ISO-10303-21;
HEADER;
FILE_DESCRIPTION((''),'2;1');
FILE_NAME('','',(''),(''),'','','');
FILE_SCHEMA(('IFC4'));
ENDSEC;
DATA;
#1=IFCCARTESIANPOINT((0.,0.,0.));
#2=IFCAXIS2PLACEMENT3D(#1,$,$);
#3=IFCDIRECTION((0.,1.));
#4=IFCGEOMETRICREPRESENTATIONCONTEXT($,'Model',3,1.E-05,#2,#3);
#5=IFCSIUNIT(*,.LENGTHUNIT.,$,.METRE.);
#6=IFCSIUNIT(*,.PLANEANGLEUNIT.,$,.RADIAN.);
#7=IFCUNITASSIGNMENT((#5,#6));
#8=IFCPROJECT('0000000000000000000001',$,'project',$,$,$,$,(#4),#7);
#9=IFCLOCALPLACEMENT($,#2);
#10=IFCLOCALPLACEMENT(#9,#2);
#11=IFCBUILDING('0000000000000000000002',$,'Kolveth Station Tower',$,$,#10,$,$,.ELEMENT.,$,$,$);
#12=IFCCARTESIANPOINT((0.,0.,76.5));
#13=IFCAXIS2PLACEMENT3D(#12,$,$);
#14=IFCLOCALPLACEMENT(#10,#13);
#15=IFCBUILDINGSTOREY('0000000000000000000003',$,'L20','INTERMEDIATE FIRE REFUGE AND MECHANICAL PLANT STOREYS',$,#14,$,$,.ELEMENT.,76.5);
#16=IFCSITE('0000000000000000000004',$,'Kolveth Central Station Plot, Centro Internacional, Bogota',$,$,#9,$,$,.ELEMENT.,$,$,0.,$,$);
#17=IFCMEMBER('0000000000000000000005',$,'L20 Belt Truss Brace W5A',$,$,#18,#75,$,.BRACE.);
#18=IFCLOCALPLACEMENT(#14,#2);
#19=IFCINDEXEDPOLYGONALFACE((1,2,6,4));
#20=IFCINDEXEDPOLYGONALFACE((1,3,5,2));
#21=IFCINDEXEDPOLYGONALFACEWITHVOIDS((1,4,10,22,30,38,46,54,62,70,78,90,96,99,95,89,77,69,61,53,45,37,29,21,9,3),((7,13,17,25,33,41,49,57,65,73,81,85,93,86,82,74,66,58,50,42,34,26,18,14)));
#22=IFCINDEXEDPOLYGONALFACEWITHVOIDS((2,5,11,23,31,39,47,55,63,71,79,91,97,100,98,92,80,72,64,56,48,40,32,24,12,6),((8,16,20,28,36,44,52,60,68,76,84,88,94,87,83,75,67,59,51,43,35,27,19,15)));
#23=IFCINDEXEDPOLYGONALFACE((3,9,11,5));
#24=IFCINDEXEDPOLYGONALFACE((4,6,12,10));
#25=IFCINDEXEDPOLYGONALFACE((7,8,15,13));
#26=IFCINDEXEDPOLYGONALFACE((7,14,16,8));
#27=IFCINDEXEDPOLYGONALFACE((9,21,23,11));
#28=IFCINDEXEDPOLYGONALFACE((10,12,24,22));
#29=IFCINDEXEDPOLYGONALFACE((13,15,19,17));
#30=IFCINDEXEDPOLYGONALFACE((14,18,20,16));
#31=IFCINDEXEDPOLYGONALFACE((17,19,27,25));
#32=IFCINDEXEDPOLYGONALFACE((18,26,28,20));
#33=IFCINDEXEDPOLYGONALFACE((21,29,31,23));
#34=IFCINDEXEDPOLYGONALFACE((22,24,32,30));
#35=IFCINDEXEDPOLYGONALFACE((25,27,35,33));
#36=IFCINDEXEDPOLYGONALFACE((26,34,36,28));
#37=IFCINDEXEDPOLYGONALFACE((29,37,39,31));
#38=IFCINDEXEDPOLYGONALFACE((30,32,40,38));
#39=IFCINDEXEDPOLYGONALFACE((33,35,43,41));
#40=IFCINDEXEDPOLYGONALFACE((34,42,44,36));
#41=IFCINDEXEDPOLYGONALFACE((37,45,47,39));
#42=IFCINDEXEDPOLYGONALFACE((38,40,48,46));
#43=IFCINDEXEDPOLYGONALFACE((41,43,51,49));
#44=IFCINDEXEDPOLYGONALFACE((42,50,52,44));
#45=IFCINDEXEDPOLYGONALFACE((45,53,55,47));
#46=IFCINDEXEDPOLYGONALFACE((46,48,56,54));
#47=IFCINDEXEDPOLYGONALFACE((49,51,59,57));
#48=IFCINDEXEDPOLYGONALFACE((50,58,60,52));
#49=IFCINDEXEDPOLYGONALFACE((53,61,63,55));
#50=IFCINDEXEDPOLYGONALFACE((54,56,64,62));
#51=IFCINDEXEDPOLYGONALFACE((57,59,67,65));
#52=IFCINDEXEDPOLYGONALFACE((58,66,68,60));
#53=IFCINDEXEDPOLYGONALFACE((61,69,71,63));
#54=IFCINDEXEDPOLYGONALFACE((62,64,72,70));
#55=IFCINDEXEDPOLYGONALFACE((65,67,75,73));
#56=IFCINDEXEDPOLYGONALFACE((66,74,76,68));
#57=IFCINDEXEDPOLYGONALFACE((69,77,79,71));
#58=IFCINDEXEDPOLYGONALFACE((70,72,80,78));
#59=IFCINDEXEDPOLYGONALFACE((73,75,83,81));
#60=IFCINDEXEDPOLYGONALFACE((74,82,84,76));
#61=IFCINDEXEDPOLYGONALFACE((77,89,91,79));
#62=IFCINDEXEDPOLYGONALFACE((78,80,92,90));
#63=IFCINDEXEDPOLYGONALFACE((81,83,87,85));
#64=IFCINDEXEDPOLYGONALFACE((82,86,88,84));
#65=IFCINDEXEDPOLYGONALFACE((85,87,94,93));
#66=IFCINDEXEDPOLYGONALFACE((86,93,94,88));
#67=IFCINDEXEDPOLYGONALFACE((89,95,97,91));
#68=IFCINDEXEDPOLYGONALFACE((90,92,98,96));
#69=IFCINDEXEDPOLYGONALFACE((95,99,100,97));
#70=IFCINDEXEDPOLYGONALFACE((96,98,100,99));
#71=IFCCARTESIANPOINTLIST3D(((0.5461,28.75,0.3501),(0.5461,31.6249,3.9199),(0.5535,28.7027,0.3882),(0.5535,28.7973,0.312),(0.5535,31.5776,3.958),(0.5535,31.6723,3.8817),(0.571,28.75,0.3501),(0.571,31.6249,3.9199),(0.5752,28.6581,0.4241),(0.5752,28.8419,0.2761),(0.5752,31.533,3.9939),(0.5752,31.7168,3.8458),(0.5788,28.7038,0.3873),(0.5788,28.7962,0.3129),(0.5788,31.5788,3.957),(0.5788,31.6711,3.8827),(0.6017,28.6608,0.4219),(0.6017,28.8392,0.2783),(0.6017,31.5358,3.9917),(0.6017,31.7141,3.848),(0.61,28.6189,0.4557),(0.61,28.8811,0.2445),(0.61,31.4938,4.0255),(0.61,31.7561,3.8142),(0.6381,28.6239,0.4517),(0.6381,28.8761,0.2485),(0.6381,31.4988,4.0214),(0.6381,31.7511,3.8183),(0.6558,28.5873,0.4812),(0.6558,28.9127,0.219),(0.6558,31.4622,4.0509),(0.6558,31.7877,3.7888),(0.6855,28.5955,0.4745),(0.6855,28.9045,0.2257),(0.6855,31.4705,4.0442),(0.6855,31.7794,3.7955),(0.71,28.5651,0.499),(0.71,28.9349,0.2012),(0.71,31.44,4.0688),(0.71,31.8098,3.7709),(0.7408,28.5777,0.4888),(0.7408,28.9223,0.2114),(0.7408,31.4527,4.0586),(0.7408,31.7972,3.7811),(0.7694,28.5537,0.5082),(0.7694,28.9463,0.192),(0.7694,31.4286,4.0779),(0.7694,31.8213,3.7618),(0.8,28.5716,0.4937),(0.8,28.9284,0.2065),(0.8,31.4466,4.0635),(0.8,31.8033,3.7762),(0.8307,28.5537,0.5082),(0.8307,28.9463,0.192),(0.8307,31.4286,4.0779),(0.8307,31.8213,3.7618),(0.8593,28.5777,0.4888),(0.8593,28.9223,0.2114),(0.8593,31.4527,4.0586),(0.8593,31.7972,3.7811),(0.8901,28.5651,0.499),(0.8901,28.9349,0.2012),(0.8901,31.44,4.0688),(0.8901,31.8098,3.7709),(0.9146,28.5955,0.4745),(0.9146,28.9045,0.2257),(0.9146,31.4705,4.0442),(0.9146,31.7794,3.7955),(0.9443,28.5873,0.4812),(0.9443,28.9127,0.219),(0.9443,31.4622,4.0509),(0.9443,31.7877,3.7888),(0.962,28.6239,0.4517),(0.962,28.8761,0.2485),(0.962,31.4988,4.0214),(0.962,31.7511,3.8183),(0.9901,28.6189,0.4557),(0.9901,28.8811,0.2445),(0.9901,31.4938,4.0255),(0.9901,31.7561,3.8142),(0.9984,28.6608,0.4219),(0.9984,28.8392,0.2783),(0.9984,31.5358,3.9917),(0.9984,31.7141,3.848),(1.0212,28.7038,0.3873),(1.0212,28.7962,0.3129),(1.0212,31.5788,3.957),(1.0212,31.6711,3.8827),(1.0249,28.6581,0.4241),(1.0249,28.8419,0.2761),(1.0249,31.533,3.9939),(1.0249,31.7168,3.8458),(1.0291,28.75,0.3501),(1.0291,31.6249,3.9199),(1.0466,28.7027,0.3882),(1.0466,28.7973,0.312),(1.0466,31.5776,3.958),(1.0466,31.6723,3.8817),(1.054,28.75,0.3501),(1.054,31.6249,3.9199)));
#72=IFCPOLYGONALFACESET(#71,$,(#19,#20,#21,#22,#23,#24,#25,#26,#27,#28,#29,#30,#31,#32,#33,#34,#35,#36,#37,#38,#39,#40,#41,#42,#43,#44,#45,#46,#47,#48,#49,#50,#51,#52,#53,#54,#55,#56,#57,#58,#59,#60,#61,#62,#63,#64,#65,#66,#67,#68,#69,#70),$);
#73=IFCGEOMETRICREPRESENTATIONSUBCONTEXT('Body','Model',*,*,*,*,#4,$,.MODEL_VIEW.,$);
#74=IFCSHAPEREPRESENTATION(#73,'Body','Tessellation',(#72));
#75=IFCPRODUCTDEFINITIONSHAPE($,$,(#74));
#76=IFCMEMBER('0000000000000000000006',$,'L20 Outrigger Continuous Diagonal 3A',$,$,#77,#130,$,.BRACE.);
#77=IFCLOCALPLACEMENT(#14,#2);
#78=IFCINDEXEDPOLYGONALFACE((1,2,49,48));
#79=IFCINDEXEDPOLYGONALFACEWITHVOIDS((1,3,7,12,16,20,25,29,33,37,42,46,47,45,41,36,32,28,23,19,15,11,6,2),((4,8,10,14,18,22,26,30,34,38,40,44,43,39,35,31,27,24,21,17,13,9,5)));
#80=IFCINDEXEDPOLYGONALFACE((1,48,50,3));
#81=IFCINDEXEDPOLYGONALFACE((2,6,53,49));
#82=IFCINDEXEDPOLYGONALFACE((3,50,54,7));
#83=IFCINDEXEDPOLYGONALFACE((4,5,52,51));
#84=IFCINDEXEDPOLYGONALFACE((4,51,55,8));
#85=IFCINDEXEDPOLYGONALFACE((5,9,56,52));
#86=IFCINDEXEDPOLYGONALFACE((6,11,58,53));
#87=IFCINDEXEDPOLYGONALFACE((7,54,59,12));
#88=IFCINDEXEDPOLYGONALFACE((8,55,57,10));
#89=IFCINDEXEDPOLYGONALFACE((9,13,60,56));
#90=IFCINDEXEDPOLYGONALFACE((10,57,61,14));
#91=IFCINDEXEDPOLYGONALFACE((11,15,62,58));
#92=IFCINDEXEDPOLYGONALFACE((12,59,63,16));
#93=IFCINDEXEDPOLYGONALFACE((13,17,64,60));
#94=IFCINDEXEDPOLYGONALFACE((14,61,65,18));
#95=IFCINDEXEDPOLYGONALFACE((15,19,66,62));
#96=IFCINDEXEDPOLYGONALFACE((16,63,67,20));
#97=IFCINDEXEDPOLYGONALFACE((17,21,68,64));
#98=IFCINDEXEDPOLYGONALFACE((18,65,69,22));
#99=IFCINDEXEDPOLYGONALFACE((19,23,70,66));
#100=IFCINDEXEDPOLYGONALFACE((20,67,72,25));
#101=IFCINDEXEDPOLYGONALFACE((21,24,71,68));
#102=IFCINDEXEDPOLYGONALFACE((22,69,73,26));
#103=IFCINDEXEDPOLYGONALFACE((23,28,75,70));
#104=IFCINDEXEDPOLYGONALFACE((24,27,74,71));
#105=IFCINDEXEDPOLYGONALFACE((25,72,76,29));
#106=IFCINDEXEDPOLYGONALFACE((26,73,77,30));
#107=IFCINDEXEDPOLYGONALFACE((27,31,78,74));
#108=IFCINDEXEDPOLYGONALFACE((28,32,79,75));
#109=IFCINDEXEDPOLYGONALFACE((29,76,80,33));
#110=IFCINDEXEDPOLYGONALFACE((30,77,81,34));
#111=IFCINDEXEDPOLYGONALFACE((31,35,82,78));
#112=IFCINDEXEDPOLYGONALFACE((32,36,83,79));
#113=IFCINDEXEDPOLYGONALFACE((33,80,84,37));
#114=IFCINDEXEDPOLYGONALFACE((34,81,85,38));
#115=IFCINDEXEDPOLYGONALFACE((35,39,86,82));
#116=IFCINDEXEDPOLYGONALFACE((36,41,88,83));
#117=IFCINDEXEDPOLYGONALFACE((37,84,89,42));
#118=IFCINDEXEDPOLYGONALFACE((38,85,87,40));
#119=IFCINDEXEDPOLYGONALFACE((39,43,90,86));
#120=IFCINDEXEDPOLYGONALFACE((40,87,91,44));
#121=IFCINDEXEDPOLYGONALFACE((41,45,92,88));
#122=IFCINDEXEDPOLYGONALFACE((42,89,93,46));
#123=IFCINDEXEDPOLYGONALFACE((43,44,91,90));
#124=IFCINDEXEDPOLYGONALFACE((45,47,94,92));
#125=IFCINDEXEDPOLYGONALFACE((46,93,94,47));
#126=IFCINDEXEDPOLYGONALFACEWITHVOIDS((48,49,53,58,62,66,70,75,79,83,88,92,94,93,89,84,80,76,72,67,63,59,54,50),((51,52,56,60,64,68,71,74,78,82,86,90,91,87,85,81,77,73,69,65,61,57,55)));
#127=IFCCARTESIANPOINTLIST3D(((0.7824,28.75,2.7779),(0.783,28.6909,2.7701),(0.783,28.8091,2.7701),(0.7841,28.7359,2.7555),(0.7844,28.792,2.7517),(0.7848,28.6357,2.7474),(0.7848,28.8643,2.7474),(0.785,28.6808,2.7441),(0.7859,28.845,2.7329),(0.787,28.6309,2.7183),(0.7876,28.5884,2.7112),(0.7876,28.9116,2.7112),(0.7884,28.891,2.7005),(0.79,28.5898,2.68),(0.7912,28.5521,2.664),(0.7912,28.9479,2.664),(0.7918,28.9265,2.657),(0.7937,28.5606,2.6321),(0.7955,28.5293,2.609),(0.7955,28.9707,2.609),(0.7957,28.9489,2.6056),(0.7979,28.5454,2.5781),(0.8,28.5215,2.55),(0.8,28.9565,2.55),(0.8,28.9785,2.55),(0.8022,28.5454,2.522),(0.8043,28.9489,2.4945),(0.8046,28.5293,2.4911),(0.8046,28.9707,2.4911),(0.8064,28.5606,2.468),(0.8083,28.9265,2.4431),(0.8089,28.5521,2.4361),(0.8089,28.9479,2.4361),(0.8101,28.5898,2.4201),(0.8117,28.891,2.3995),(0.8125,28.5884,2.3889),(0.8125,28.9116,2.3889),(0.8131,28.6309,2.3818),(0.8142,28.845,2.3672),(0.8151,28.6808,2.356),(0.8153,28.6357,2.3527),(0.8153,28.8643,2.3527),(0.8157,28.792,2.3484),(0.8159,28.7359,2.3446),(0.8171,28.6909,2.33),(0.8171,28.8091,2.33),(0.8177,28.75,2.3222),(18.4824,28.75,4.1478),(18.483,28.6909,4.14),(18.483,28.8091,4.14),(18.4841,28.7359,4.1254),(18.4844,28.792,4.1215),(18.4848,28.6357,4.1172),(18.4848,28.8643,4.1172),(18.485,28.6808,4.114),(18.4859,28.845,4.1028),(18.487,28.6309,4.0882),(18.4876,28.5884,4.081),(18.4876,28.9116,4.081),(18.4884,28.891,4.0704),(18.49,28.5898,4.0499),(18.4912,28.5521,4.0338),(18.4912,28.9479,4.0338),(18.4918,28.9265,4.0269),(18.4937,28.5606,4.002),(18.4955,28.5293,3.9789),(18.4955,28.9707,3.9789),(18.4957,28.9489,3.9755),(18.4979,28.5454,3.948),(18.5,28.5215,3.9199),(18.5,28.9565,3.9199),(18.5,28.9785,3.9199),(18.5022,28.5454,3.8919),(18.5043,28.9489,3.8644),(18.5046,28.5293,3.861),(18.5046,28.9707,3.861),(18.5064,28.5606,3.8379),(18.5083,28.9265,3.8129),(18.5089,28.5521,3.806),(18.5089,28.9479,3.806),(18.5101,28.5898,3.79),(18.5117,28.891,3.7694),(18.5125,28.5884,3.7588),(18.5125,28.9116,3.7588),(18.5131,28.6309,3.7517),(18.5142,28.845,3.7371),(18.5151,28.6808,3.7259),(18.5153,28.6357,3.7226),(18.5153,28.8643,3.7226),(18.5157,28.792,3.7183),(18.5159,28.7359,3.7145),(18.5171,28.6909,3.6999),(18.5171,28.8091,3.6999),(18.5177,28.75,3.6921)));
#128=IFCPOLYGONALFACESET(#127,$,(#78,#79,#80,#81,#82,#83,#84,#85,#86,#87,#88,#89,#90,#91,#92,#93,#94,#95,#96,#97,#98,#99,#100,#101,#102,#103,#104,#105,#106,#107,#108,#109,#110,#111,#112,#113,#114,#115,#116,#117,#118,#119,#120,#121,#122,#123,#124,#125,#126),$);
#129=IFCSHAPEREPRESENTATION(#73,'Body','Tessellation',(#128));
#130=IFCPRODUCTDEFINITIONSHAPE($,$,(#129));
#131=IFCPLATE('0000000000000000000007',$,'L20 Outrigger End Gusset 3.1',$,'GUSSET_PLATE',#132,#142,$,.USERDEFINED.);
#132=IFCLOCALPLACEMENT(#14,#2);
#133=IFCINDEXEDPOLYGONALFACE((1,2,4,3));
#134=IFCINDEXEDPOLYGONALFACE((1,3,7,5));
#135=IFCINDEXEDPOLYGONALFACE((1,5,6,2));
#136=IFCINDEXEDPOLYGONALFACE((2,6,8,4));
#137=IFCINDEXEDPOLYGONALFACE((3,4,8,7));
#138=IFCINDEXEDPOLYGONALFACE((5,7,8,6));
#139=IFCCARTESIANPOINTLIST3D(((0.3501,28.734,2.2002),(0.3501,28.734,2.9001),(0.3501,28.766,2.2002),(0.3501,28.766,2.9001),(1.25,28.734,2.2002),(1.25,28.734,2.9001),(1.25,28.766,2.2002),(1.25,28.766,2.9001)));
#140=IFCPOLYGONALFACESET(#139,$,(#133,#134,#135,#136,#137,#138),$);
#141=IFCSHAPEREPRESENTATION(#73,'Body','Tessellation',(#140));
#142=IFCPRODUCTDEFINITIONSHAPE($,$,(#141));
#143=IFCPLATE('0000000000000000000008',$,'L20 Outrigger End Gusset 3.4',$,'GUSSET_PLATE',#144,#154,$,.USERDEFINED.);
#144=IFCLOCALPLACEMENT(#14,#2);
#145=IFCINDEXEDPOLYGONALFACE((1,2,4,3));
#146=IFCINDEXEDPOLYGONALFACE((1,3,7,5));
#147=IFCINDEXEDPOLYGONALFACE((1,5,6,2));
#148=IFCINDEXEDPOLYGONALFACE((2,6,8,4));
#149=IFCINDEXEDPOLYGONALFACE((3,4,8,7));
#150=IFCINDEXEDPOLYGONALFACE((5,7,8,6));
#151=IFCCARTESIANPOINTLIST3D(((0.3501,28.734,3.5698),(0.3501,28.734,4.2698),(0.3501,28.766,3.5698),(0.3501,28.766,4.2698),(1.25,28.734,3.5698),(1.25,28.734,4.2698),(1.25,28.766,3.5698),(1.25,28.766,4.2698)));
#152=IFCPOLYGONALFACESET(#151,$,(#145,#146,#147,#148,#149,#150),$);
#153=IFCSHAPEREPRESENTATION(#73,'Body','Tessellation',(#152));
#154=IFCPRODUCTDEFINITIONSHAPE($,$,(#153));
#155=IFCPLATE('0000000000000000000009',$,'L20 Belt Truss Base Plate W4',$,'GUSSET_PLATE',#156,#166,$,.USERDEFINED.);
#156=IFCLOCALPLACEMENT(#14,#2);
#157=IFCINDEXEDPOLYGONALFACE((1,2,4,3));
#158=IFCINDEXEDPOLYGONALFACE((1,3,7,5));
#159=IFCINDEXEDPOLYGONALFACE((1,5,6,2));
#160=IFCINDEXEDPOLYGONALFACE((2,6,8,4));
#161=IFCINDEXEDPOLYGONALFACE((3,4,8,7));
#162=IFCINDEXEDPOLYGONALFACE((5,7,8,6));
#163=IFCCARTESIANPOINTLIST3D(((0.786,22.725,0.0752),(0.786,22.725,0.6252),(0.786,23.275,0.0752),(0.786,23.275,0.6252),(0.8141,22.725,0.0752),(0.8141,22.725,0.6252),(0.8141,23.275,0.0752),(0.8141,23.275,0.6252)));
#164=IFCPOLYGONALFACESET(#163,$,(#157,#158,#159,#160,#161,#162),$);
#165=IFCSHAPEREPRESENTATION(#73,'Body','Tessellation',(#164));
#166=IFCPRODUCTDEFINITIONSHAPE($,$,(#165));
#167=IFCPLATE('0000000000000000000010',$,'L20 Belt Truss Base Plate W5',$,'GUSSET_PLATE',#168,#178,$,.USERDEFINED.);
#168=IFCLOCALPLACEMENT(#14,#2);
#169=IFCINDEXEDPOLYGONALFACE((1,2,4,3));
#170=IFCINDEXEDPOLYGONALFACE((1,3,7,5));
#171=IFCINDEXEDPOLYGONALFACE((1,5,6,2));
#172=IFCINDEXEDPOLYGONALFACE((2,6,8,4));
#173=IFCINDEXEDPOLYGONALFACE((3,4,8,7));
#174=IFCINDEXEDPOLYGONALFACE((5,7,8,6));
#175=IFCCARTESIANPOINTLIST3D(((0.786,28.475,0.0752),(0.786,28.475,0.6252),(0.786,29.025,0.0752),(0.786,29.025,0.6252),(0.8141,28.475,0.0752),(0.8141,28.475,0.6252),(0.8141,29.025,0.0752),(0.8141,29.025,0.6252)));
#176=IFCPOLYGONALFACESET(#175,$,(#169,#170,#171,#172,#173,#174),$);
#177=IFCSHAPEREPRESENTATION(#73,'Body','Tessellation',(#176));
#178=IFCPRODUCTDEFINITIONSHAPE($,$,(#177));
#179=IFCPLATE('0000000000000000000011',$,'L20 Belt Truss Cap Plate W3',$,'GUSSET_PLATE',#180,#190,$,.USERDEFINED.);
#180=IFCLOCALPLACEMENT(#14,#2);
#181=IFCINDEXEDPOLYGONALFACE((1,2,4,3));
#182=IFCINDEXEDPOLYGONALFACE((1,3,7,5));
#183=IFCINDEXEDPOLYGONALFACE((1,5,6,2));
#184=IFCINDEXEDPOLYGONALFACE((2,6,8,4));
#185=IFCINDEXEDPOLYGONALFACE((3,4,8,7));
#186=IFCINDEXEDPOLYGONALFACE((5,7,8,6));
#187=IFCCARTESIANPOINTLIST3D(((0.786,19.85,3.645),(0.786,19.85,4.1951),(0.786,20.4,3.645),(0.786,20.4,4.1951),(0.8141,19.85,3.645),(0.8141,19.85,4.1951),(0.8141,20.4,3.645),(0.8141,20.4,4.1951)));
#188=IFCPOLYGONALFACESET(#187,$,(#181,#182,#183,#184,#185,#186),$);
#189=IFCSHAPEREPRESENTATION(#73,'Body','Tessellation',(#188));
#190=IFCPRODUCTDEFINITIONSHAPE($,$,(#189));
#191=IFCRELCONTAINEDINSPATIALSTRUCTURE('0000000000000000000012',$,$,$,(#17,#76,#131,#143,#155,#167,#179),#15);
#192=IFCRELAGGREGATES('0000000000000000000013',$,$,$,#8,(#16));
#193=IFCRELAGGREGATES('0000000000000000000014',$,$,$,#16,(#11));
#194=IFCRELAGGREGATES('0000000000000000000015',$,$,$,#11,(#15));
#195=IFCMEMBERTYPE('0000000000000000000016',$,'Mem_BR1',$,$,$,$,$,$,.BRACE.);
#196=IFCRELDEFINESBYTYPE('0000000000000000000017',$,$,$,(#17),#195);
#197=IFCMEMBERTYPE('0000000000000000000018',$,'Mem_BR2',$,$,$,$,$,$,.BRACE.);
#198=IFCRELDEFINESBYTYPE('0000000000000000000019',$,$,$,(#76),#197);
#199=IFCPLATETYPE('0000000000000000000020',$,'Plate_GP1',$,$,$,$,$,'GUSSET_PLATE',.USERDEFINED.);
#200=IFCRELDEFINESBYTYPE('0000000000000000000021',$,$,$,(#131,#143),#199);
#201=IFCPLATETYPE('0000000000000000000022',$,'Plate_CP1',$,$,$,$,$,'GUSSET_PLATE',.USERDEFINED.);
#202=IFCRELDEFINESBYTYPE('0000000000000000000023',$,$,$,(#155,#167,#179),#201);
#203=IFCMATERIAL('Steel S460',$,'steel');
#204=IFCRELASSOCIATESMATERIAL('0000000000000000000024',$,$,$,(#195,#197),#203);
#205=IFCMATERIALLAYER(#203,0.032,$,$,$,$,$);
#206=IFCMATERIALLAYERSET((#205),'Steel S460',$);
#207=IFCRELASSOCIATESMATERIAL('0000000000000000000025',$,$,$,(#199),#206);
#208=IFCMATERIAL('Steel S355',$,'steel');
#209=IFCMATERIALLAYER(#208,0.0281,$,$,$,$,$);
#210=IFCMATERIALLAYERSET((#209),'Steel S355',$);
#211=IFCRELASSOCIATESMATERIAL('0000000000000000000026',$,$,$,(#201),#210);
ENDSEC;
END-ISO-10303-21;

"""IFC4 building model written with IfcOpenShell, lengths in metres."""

from ifc_helpers import new_model, si_unit, direction, frame, origin, origin_2d, place, context, subcontext, project, spatial, rectangle, hollow_circle, extrude, source, transform, mapped, material, layer, layer_set, material_profile, profile_set, type_object, element, save


model = new_model("IFC4")

# Units and contexts
model_context = context("Model", 3, precision=1e-05, world=origin(), true_north=direction((0.0, 1.0)))
body_context = subcontext(model_context, "Body", "Model", "MODEL_VIEW")
ifc_project = project(units=[si_unit("LENGTHUNIT", "METRE"), si_unit("PLANEANGLEUNIT", "RADIAN")], contexts=[model_context])

# Site, building, storey
site_placement = place(None, origin())
site = spatial("IfcSite", under=ifc_project, at=site_placement, Name="Kolveth Central Station Plot, Centro Internacional, Bogota", CompositionType="ELEMENT", RefElevation=0.0)
building_placement = place(site_placement, origin())
building = spatial("IfcBuilding", under=site, at=building_placement, Name="Kolveth Station Tower", CompositionType="ELEMENT")
storey_placement = place(building_placement, frame((0.0, 0.0, 76.5)))
storey = spatial("IfcBuildingStorey", under=building, at=storey_placement, Name="L20", Description="INTERMEDIATE FIRE REFUGE AND MECHANICAL PLANT STOREYS", CompositionType="ELEMENT", Elevation=76.5)

# Shared definitions
ifc_material_1 = material(Name="Steel S460", Category="steel")
ifc_material_2 = material(Name="Steel S355", Category="steel")

# Members
ifc_material_profile_1 = material_profile(ifc_material_1, hollow_circle(Radius=0.2539, WallThickness=0.0249, at=origin_2d()), Name="CHS508x25")
ifc_profile_set_1 = profile_set([ifc_material_profile_1], Name="Steel S460")
member_type_1 = type_object("IfcMemberType", Name="Mem_BR1", PredefinedType="BRACE", material=ifc_profile_set_1)
shared_shape_1 = source(origin(), body_context, "Body", "SweptSolid", [
    extrude(hollow_circle(Radius=0.2539, WallThickness=0.0249, at=origin_2d()), origin(), (0.0, 0.0, 1.0), 4.5835),
])
for number, where, z_axis, x_axis, name in (
    (1, (0.8, 28.75, 0.3501), (0.0, 0.627238, 0.778828), (-1.0, 0.0, 0.0), "L20 Belt Truss Brace W5A"),
):
    element("IfcMember", number, at=place(storey_placement, frame(where, z_axis=z_axis, x_axis=x_axis)), inside=storey, type_object=member_type_1, Name=name, PredefinedType="BRACE", context=body_context, shape_type="MappedRepresentation", body=[
        mapped(shared_shape_1, transform((0.0, 0.0, 0.0), x_axis=(1.0, 0.0, 0.0), y_axis=(0.0, 1.0, 0.0), z_axis=(0.0, 0.0, 1.0), scale=1.0)),
    ])
ifc_material_profile_2 = material_profile(ifc_material_1, hollow_circle(Radius=0.2285, WallThickness=0.022, at=origin_2d()), Name="CHS457x22")
ifc_profile_set_2 = profile_set([ifc_material_profile_2], Name="Steel S460")
member_type_2 = type_object("IfcMemberType", Name="Mem_BR2", PredefinedType="BRACE", material=ifc_profile_set_2)
shared_shape_2 = source(origin(), body_context, "Body", "SweptSolid", [
    extrude(hollow_circle(Radius=0.2285, WallThickness=0.022, at=origin_2d()), origin(), (0.0, 0.0, 1.0), 17.7529),
])
member_placement = place(storey_placement, frame((0.8, 28.75, 2.55), z_axis=(0.997018, 0.0, 0.077163), x_axis=(0.0, 1.0, 0.0)))
element("IfcMember", 2, at=member_placement, inside=storey, type_object=member_type_2, Name="L20 Outrigger Continuous Diagonal 3A", PredefinedType="BRACE", context=body_context, shape_type="MappedRepresentation", body=[
    mapped(shared_shape_2, transform((0.0, 0.0, 0.0), x_axis=(1.0, 0.0, 0.0), y_axis=(0.0, 1.0, 0.0), z_axis=(0.0, 0.0, 1.0), scale=1.0)),
])

# Plates
ifc_layer_1 = layer(ifc_material_1, 0.032)
ifc_layer_set_1 = layer_set([ifc_layer_1], Name="Steel S460")
plate_type_1 = type_object("IfcPlateType", Name="Plate_GP1", ElementType="GUSSET_PLATE", PredefinedType="USERDEFINED", material=ifc_layer_set_1)
shared_shape_3 = source(origin(), body_context, "Body", "SweptSolid", [
    extrude(rectangle(XDim=0.8999, YDim=0.032, at=origin_2d()), origin(), (0.0, 0.0, 1.0), 0.7),
])
for number, where, z_axis, x_axis, name in (
    (3, (0.8, 28.75, 2.2002), (0.0, 0.0, 1.0), (1.0, 0.0, 0.0), "L20 Outrigger End Gusset 3.1"),
    (4, (0.8, 28.75, 3.5698), (0.0, 0.0, 1.0), (1.0, 0.0, 0.0), "L20 Outrigger End Gusset 3.4"),
):
    element("IfcPlate", number, at=place(storey_placement, frame(where, z_axis=z_axis, x_axis=x_axis)), inside=storey, type_object=plate_type_1, Name=name, ObjectType="GUSSET_PLATE", PredefinedType="USERDEFINED", context=body_context, shape_type="MappedRepresentation", body=[
        mapped(shared_shape_3, transform((0.0, 0.0, 0.0), x_axis=(1.0, 0.0, 0.0), y_axis=(0.0, 1.0, 0.0), z_axis=(0.0, 0.0, 1.0), scale=1.0)),
    ])
ifc_layer_2 = layer(ifc_material_2, 0.0281)
ifc_layer_set_2 = layer_set([ifc_layer_2], Name="Steel S355")
plate_type_2 = type_object("IfcPlateType", Name="Plate_CP1", ElementType="GUSSET_PLATE", PredefinedType="USERDEFINED", material=ifc_layer_set_2)
shared_shape_4 = source(origin(), body_context, "Body", "SweptSolid", [
    extrude(rectangle(XDim=0.0281, YDim=0.55, at=origin_2d()), origin(), (0.0, 0.0, 1.0), 0.55),
])
for number, where, z_axis, x_axis, name in (
    (5, (0.8, 23.0, 0.0752), (0.0, 0.0, 1.0), (1.0, 0.0, 0.0), "L20 Belt Truss Base Plate W4"),
    (6, (0.8, 28.75, 0.0752), (0.0, 0.0, 1.0), (1.0, 0.0, 0.0), "L20 Belt Truss Base Plate W5"),
    (7, (0.8, 20.125, 3.645), (0.0, 0.0, 1.0), (1.0, 0.0, 0.0), "L20 Belt Truss Cap Plate W3"),
):
    element("IfcPlate", number, at=place(storey_placement, frame(where, z_axis=z_axis, x_axis=x_axis)), inside=storey, type_object=plate_type_2, Name=name, ObjectType="GUSSET_PLATE", PredefinedType="USERDEFINED", context=body_context, shape_type="MappedRepresentation", body=[
        mapped(shared_shape_4, transform((0.0, 0.0, 0.0), x_axis=(1.0, 0.0, 0.0), y_axis=(0.0, 1.0, 0.0), z_axis=(0.0, 0.0, 1.0), scale=1.0)),
    ])

save(model, "model.ifc")
